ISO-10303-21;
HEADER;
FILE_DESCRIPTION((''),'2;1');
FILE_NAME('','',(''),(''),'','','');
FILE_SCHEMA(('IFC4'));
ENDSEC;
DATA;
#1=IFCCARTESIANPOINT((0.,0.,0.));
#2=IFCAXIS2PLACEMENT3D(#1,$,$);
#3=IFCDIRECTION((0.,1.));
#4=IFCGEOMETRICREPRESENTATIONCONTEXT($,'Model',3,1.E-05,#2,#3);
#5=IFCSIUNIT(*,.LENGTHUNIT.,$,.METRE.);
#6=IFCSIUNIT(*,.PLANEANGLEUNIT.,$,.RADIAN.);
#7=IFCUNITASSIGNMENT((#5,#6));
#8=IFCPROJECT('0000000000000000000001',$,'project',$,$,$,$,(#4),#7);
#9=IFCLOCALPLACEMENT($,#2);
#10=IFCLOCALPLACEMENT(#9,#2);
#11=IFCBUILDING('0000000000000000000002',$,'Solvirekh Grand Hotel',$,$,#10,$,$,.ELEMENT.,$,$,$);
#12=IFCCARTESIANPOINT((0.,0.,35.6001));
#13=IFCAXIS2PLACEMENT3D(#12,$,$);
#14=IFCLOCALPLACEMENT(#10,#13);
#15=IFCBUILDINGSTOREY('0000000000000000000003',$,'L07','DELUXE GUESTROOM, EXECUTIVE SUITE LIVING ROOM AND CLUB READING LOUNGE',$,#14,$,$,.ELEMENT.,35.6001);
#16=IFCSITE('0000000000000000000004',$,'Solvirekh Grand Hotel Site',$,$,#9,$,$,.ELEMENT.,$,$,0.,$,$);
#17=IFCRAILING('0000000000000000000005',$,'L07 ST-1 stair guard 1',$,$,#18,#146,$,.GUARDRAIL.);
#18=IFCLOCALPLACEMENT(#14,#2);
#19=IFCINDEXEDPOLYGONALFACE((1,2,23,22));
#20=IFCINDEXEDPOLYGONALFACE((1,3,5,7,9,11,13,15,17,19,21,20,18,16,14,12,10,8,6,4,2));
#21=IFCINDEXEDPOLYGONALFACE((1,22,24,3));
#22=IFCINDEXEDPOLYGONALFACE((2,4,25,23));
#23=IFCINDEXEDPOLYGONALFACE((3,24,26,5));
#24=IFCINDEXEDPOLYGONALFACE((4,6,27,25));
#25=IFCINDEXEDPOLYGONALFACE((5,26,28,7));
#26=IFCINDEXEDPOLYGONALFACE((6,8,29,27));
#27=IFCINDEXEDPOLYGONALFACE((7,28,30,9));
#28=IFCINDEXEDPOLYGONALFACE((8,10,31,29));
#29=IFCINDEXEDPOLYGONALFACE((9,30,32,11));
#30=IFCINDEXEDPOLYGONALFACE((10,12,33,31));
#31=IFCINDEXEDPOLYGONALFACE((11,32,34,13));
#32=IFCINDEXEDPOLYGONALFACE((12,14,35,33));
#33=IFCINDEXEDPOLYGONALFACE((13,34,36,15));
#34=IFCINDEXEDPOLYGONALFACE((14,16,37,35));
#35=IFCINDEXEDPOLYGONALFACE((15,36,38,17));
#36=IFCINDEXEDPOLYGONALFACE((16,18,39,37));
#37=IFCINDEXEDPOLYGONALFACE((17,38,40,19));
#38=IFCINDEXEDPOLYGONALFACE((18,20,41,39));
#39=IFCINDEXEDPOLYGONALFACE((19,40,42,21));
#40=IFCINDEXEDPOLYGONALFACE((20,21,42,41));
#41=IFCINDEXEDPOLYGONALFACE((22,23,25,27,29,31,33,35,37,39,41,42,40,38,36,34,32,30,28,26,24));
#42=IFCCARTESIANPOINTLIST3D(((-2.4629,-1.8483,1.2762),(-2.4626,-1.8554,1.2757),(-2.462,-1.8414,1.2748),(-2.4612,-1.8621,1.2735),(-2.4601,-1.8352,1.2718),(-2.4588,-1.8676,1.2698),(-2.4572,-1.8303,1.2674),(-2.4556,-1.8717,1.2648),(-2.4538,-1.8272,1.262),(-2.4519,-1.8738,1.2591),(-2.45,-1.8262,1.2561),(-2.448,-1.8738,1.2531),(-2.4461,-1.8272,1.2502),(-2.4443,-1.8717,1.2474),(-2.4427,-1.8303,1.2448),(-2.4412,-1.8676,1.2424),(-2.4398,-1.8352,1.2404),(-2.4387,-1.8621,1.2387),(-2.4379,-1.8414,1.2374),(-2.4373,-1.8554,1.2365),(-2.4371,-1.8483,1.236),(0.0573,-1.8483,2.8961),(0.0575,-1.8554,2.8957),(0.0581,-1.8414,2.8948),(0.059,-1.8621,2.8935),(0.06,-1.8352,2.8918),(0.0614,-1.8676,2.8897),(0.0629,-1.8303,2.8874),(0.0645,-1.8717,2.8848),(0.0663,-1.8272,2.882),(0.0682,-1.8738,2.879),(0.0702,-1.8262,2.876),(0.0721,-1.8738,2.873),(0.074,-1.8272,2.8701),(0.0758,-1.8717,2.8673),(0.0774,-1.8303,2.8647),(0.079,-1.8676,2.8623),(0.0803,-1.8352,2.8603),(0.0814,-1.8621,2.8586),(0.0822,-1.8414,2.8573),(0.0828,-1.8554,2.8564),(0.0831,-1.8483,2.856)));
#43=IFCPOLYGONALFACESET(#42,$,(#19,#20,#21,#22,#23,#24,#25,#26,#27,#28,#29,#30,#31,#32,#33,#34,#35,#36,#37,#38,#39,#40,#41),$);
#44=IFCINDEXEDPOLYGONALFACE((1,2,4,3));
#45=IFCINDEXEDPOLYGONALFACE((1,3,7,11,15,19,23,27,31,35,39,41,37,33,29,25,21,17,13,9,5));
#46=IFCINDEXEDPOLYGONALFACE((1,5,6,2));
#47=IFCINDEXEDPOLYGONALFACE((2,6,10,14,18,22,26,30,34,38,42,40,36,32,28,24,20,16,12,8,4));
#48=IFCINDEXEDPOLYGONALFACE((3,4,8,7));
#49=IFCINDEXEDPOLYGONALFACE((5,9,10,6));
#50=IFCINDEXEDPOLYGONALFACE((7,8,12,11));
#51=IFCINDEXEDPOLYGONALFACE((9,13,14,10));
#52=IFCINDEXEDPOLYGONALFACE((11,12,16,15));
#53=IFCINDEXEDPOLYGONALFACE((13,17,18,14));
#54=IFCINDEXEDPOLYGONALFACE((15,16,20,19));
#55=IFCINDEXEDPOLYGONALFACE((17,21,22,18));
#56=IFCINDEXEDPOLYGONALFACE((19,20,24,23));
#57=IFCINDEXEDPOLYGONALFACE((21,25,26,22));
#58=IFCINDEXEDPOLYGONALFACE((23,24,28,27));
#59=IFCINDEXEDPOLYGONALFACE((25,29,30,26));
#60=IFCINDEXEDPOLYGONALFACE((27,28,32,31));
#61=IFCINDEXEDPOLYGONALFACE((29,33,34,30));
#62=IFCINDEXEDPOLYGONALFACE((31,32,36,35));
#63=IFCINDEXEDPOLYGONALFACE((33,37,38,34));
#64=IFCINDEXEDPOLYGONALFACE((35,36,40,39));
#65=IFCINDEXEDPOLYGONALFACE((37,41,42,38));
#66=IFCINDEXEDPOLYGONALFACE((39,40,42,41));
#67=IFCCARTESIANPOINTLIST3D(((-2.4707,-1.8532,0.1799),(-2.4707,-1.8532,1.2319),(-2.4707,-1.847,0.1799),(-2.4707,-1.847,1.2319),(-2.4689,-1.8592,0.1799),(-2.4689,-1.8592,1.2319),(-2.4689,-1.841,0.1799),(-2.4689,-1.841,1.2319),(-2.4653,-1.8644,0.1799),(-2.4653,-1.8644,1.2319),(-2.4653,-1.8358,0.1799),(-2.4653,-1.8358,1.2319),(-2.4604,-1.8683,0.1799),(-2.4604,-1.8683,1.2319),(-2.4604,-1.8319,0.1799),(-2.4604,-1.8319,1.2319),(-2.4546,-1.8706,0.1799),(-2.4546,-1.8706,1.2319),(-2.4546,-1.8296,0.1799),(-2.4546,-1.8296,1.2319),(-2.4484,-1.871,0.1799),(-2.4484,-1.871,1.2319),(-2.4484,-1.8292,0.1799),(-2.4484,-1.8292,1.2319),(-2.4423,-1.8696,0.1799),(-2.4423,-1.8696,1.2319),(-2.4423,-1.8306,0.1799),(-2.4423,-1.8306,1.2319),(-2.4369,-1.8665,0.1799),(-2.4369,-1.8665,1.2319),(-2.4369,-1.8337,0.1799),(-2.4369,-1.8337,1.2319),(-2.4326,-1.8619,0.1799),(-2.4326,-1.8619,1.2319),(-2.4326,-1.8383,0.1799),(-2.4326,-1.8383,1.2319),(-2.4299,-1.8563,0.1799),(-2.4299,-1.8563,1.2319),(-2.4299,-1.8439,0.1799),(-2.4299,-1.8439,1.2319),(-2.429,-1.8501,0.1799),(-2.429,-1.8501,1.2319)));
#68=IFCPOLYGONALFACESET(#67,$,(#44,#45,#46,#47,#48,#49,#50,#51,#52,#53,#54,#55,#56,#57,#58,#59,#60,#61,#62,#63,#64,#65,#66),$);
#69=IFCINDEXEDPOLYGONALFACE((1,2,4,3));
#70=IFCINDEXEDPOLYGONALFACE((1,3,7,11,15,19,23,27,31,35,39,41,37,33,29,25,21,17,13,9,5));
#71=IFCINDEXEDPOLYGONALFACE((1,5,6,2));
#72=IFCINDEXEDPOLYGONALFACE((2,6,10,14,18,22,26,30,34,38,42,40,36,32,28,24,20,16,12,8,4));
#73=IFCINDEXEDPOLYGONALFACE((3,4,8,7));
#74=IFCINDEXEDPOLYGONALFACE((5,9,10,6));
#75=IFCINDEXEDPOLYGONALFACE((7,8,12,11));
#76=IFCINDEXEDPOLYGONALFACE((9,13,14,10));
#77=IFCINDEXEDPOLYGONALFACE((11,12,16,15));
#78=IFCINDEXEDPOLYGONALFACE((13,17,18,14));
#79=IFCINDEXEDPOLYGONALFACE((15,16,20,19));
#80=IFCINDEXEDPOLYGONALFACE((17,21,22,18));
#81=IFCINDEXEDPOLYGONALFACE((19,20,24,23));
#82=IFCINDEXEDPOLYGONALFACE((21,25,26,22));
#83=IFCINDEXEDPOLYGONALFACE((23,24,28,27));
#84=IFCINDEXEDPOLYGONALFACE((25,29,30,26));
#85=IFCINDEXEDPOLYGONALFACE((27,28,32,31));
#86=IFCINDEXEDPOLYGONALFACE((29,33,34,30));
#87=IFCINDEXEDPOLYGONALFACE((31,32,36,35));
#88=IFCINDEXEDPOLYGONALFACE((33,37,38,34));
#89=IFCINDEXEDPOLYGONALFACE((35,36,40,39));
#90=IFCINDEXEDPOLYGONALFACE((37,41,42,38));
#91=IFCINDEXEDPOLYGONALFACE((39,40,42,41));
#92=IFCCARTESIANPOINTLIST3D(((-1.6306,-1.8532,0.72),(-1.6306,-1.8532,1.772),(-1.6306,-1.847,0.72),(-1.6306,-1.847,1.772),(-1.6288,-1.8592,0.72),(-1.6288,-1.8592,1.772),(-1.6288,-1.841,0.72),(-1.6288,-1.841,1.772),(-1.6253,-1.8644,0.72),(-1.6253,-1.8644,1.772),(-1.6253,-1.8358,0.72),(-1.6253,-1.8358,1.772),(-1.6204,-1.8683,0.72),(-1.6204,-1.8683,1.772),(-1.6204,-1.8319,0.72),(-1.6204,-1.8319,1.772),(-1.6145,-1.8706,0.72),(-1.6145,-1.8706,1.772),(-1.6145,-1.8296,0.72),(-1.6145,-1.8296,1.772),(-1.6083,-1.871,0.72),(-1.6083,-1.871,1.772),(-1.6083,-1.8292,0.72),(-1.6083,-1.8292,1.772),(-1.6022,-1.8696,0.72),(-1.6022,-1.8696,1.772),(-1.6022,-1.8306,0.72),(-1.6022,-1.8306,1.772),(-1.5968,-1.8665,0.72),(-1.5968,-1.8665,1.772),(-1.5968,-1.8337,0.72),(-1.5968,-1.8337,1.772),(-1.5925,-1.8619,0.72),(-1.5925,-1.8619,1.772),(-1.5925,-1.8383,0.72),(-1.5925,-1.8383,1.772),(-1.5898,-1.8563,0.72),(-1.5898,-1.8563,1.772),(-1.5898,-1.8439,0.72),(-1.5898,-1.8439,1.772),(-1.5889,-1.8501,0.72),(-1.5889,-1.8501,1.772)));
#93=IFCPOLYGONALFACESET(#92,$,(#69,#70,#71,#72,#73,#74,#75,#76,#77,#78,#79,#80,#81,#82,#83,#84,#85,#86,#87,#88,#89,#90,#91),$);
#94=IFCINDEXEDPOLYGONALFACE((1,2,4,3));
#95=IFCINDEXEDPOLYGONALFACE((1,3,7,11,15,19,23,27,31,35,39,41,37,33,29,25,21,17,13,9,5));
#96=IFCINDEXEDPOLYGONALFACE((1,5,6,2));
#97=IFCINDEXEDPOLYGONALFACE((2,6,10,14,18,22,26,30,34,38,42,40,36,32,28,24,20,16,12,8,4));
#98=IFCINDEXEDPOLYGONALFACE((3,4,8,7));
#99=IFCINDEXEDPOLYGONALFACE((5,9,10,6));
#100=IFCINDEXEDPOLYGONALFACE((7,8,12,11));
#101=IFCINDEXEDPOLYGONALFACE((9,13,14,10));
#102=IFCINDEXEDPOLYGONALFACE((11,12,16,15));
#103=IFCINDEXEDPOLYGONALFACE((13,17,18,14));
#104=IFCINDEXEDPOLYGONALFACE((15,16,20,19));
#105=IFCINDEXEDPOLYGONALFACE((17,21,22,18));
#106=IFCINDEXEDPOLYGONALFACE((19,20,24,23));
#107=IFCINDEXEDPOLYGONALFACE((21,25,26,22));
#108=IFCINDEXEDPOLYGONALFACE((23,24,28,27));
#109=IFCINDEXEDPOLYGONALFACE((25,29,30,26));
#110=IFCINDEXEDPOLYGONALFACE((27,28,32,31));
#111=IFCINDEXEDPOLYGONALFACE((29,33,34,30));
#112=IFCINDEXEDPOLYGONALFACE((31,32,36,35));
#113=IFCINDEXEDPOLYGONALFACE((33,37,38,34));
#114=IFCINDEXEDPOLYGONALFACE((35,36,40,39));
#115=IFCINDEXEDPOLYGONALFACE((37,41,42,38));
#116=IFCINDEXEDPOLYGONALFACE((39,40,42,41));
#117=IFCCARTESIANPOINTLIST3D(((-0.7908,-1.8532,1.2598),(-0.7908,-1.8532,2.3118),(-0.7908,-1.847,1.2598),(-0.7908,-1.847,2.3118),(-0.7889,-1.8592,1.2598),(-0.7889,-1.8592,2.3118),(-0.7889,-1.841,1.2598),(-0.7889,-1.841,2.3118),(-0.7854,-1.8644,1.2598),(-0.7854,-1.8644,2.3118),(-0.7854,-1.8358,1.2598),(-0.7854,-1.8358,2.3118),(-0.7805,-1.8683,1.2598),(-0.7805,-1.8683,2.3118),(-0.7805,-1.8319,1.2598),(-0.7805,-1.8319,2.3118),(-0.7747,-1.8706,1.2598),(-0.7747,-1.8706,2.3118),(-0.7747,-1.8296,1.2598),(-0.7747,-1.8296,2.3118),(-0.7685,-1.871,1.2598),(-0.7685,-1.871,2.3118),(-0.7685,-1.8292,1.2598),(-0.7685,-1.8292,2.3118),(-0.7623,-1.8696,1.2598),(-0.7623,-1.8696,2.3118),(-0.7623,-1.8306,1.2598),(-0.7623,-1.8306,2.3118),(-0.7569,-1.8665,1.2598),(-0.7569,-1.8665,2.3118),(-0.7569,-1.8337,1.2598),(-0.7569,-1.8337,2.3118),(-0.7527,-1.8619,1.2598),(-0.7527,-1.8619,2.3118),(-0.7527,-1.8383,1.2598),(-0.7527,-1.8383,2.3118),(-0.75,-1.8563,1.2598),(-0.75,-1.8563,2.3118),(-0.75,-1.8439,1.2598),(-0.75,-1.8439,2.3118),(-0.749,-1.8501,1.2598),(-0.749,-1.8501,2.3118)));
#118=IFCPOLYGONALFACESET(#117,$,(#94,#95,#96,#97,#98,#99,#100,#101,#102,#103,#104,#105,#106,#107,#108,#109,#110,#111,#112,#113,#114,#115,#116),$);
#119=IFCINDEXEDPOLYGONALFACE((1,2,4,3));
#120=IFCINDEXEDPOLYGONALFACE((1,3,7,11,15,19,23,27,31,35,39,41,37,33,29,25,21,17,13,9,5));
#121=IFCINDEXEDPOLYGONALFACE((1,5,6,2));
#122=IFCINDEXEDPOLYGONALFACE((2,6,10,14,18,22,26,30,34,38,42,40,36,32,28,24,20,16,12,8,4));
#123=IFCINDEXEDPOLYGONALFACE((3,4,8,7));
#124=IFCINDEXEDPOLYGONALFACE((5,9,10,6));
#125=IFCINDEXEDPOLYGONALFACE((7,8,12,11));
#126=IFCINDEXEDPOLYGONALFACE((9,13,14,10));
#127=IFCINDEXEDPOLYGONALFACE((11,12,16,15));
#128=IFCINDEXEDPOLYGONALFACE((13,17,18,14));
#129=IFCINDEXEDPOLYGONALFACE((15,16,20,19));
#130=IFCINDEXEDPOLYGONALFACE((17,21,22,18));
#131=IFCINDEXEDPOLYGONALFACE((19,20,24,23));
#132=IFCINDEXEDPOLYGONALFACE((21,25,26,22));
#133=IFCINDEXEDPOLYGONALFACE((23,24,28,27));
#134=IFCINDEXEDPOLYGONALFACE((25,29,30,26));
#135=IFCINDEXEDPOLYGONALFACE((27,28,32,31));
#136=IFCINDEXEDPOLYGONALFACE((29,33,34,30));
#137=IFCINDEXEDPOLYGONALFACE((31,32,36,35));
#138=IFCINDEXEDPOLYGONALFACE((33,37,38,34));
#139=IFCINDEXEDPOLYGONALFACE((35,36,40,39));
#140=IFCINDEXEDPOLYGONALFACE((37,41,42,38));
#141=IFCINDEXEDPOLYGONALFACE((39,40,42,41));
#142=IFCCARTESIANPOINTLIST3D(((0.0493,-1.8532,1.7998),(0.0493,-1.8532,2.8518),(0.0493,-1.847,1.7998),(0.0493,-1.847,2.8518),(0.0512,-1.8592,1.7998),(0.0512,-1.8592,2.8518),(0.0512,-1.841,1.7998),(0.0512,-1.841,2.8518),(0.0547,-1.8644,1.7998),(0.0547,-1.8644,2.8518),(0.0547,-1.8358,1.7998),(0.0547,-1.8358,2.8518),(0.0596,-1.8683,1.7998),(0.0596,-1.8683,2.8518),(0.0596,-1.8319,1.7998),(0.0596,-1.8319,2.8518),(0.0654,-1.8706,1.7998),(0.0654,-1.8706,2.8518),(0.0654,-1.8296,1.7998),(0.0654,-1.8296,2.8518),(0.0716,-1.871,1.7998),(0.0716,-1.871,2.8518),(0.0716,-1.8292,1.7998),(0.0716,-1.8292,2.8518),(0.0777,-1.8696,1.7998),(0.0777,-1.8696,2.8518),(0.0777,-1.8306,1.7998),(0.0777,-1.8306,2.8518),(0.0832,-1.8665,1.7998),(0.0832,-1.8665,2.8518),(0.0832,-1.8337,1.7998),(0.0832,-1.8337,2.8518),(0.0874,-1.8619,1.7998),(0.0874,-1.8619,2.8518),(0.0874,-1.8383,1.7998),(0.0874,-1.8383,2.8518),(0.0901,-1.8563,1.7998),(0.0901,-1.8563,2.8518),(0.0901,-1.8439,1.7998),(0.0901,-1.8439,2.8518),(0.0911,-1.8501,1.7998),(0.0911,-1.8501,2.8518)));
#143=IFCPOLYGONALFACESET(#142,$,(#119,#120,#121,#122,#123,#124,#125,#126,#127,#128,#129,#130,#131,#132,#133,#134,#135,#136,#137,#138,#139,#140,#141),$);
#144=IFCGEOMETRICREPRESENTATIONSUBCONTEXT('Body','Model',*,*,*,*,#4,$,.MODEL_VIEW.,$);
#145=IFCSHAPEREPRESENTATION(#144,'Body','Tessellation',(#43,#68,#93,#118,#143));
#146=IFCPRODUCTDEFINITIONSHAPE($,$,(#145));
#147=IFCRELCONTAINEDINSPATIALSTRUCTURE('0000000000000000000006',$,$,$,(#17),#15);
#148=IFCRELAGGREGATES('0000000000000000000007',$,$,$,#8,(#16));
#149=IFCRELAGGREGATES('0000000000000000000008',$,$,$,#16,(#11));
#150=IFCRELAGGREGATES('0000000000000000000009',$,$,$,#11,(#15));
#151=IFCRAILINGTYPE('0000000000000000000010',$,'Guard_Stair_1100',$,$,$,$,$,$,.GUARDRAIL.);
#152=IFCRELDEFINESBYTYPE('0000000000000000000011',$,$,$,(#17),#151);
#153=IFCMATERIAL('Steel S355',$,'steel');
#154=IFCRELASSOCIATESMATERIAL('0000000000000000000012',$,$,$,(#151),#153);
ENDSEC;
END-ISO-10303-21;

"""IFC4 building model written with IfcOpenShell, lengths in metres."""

from ifc_helpers import new_model, si_unit, direction, frame, origin, origin_2d, place, context, subcontext, project, spatial, circle, extrude, material, type_object, element, save


model = new_model("IFC4")

# Units and contexts
model_context = context("Model", 3, precision=1e-05, world=origin(), true_north=direction((0.0, 1.0)))
body_context = subcontext(model_context, "Body", "Model", "MODEL_VIEW")
ifc_project = project(units=[si_unit("LENGTHUNIT", "METRE"), si_unit("PLANEANGLEUNIT", "RADIAN")], contexts=[model_context])

# Site, building, storey
site_placement = place(None, origin())
site = spatial("IfcSite", under=ifc_project, at=site_placement, Name="Solvirekh Grand Hotel Site", CompositionType="ELEMENT", RefElevation=0.0)
building_placement = place(site_placement, origin())
building = spatial("IfcBuilding", under=site, at=building_placement, Name="Solvirekh Grand Hotel", CompositionType="ELEMENT")
storey_placement = place(building_placement, frame((0.0, 0.0, 35.6001)))
storey = spatial("IfcBuildingStorey", under=building, at=storey_placement, Name="L07", Description="DELUXE GUESTROOM, EXECUTIVE SUITE LIVING ROOM AND CLUB READING LOUNGE", CompositionType="ELEMENT", Elevation=35.6001)

# Railing
ifc_material_1 = material(Name="Steel S355", Category="steel")
railing_type_1 = type_object("IfcRailingType", Name="Guard_Stair_1100", PredefinedType="GUARDRAIL", material=ifc_material_1)
railing_1_placement = place(storey_placement, frame((-2.45, -1.8501, 0.1799)))
element("IfcRailing", 1, at=railing_1_placement, inside=storey, type_object=railing_type_1, Name="L07 ST-1 stair guard 1", PredefinedType="GUARDRAIL", context=body_context, shape_type="SweptSolid", body=[
    extrude(circle(Radius=0.0239, at=origin_2d()), frame((0.0, 0.0, 1.0762), z_axis=(0.8412, 0.0, 0.540725), x_axis=(0.0, 1.0, 0.0)), (0.0, 0.0, 1.0), 2.9958),
    extrude(circle(Radius=0.021, at=origin_2d()), origin(), (0.0, 0.0, 1.0), 1.052),
    extrude(circle(Radius=0.021, at=origin_2d()), frame((0.8401, 0.0, 0.54)), (0.0, 0.0, 1.0), 1.052),
    extrude(circle(Radius=0.021, at=origin_2d()), frame((1.6799, 0.0, 1.0798)), (0.0, 0.0, 1.0), 1.052),
    extrude(circle(Radius=0.021, at=origin_2d()), frame((2.52, 0.0, 1.6199)), (0.0, 0.0, 1.0), 1.052),
])

save(model, "model.ifc")
